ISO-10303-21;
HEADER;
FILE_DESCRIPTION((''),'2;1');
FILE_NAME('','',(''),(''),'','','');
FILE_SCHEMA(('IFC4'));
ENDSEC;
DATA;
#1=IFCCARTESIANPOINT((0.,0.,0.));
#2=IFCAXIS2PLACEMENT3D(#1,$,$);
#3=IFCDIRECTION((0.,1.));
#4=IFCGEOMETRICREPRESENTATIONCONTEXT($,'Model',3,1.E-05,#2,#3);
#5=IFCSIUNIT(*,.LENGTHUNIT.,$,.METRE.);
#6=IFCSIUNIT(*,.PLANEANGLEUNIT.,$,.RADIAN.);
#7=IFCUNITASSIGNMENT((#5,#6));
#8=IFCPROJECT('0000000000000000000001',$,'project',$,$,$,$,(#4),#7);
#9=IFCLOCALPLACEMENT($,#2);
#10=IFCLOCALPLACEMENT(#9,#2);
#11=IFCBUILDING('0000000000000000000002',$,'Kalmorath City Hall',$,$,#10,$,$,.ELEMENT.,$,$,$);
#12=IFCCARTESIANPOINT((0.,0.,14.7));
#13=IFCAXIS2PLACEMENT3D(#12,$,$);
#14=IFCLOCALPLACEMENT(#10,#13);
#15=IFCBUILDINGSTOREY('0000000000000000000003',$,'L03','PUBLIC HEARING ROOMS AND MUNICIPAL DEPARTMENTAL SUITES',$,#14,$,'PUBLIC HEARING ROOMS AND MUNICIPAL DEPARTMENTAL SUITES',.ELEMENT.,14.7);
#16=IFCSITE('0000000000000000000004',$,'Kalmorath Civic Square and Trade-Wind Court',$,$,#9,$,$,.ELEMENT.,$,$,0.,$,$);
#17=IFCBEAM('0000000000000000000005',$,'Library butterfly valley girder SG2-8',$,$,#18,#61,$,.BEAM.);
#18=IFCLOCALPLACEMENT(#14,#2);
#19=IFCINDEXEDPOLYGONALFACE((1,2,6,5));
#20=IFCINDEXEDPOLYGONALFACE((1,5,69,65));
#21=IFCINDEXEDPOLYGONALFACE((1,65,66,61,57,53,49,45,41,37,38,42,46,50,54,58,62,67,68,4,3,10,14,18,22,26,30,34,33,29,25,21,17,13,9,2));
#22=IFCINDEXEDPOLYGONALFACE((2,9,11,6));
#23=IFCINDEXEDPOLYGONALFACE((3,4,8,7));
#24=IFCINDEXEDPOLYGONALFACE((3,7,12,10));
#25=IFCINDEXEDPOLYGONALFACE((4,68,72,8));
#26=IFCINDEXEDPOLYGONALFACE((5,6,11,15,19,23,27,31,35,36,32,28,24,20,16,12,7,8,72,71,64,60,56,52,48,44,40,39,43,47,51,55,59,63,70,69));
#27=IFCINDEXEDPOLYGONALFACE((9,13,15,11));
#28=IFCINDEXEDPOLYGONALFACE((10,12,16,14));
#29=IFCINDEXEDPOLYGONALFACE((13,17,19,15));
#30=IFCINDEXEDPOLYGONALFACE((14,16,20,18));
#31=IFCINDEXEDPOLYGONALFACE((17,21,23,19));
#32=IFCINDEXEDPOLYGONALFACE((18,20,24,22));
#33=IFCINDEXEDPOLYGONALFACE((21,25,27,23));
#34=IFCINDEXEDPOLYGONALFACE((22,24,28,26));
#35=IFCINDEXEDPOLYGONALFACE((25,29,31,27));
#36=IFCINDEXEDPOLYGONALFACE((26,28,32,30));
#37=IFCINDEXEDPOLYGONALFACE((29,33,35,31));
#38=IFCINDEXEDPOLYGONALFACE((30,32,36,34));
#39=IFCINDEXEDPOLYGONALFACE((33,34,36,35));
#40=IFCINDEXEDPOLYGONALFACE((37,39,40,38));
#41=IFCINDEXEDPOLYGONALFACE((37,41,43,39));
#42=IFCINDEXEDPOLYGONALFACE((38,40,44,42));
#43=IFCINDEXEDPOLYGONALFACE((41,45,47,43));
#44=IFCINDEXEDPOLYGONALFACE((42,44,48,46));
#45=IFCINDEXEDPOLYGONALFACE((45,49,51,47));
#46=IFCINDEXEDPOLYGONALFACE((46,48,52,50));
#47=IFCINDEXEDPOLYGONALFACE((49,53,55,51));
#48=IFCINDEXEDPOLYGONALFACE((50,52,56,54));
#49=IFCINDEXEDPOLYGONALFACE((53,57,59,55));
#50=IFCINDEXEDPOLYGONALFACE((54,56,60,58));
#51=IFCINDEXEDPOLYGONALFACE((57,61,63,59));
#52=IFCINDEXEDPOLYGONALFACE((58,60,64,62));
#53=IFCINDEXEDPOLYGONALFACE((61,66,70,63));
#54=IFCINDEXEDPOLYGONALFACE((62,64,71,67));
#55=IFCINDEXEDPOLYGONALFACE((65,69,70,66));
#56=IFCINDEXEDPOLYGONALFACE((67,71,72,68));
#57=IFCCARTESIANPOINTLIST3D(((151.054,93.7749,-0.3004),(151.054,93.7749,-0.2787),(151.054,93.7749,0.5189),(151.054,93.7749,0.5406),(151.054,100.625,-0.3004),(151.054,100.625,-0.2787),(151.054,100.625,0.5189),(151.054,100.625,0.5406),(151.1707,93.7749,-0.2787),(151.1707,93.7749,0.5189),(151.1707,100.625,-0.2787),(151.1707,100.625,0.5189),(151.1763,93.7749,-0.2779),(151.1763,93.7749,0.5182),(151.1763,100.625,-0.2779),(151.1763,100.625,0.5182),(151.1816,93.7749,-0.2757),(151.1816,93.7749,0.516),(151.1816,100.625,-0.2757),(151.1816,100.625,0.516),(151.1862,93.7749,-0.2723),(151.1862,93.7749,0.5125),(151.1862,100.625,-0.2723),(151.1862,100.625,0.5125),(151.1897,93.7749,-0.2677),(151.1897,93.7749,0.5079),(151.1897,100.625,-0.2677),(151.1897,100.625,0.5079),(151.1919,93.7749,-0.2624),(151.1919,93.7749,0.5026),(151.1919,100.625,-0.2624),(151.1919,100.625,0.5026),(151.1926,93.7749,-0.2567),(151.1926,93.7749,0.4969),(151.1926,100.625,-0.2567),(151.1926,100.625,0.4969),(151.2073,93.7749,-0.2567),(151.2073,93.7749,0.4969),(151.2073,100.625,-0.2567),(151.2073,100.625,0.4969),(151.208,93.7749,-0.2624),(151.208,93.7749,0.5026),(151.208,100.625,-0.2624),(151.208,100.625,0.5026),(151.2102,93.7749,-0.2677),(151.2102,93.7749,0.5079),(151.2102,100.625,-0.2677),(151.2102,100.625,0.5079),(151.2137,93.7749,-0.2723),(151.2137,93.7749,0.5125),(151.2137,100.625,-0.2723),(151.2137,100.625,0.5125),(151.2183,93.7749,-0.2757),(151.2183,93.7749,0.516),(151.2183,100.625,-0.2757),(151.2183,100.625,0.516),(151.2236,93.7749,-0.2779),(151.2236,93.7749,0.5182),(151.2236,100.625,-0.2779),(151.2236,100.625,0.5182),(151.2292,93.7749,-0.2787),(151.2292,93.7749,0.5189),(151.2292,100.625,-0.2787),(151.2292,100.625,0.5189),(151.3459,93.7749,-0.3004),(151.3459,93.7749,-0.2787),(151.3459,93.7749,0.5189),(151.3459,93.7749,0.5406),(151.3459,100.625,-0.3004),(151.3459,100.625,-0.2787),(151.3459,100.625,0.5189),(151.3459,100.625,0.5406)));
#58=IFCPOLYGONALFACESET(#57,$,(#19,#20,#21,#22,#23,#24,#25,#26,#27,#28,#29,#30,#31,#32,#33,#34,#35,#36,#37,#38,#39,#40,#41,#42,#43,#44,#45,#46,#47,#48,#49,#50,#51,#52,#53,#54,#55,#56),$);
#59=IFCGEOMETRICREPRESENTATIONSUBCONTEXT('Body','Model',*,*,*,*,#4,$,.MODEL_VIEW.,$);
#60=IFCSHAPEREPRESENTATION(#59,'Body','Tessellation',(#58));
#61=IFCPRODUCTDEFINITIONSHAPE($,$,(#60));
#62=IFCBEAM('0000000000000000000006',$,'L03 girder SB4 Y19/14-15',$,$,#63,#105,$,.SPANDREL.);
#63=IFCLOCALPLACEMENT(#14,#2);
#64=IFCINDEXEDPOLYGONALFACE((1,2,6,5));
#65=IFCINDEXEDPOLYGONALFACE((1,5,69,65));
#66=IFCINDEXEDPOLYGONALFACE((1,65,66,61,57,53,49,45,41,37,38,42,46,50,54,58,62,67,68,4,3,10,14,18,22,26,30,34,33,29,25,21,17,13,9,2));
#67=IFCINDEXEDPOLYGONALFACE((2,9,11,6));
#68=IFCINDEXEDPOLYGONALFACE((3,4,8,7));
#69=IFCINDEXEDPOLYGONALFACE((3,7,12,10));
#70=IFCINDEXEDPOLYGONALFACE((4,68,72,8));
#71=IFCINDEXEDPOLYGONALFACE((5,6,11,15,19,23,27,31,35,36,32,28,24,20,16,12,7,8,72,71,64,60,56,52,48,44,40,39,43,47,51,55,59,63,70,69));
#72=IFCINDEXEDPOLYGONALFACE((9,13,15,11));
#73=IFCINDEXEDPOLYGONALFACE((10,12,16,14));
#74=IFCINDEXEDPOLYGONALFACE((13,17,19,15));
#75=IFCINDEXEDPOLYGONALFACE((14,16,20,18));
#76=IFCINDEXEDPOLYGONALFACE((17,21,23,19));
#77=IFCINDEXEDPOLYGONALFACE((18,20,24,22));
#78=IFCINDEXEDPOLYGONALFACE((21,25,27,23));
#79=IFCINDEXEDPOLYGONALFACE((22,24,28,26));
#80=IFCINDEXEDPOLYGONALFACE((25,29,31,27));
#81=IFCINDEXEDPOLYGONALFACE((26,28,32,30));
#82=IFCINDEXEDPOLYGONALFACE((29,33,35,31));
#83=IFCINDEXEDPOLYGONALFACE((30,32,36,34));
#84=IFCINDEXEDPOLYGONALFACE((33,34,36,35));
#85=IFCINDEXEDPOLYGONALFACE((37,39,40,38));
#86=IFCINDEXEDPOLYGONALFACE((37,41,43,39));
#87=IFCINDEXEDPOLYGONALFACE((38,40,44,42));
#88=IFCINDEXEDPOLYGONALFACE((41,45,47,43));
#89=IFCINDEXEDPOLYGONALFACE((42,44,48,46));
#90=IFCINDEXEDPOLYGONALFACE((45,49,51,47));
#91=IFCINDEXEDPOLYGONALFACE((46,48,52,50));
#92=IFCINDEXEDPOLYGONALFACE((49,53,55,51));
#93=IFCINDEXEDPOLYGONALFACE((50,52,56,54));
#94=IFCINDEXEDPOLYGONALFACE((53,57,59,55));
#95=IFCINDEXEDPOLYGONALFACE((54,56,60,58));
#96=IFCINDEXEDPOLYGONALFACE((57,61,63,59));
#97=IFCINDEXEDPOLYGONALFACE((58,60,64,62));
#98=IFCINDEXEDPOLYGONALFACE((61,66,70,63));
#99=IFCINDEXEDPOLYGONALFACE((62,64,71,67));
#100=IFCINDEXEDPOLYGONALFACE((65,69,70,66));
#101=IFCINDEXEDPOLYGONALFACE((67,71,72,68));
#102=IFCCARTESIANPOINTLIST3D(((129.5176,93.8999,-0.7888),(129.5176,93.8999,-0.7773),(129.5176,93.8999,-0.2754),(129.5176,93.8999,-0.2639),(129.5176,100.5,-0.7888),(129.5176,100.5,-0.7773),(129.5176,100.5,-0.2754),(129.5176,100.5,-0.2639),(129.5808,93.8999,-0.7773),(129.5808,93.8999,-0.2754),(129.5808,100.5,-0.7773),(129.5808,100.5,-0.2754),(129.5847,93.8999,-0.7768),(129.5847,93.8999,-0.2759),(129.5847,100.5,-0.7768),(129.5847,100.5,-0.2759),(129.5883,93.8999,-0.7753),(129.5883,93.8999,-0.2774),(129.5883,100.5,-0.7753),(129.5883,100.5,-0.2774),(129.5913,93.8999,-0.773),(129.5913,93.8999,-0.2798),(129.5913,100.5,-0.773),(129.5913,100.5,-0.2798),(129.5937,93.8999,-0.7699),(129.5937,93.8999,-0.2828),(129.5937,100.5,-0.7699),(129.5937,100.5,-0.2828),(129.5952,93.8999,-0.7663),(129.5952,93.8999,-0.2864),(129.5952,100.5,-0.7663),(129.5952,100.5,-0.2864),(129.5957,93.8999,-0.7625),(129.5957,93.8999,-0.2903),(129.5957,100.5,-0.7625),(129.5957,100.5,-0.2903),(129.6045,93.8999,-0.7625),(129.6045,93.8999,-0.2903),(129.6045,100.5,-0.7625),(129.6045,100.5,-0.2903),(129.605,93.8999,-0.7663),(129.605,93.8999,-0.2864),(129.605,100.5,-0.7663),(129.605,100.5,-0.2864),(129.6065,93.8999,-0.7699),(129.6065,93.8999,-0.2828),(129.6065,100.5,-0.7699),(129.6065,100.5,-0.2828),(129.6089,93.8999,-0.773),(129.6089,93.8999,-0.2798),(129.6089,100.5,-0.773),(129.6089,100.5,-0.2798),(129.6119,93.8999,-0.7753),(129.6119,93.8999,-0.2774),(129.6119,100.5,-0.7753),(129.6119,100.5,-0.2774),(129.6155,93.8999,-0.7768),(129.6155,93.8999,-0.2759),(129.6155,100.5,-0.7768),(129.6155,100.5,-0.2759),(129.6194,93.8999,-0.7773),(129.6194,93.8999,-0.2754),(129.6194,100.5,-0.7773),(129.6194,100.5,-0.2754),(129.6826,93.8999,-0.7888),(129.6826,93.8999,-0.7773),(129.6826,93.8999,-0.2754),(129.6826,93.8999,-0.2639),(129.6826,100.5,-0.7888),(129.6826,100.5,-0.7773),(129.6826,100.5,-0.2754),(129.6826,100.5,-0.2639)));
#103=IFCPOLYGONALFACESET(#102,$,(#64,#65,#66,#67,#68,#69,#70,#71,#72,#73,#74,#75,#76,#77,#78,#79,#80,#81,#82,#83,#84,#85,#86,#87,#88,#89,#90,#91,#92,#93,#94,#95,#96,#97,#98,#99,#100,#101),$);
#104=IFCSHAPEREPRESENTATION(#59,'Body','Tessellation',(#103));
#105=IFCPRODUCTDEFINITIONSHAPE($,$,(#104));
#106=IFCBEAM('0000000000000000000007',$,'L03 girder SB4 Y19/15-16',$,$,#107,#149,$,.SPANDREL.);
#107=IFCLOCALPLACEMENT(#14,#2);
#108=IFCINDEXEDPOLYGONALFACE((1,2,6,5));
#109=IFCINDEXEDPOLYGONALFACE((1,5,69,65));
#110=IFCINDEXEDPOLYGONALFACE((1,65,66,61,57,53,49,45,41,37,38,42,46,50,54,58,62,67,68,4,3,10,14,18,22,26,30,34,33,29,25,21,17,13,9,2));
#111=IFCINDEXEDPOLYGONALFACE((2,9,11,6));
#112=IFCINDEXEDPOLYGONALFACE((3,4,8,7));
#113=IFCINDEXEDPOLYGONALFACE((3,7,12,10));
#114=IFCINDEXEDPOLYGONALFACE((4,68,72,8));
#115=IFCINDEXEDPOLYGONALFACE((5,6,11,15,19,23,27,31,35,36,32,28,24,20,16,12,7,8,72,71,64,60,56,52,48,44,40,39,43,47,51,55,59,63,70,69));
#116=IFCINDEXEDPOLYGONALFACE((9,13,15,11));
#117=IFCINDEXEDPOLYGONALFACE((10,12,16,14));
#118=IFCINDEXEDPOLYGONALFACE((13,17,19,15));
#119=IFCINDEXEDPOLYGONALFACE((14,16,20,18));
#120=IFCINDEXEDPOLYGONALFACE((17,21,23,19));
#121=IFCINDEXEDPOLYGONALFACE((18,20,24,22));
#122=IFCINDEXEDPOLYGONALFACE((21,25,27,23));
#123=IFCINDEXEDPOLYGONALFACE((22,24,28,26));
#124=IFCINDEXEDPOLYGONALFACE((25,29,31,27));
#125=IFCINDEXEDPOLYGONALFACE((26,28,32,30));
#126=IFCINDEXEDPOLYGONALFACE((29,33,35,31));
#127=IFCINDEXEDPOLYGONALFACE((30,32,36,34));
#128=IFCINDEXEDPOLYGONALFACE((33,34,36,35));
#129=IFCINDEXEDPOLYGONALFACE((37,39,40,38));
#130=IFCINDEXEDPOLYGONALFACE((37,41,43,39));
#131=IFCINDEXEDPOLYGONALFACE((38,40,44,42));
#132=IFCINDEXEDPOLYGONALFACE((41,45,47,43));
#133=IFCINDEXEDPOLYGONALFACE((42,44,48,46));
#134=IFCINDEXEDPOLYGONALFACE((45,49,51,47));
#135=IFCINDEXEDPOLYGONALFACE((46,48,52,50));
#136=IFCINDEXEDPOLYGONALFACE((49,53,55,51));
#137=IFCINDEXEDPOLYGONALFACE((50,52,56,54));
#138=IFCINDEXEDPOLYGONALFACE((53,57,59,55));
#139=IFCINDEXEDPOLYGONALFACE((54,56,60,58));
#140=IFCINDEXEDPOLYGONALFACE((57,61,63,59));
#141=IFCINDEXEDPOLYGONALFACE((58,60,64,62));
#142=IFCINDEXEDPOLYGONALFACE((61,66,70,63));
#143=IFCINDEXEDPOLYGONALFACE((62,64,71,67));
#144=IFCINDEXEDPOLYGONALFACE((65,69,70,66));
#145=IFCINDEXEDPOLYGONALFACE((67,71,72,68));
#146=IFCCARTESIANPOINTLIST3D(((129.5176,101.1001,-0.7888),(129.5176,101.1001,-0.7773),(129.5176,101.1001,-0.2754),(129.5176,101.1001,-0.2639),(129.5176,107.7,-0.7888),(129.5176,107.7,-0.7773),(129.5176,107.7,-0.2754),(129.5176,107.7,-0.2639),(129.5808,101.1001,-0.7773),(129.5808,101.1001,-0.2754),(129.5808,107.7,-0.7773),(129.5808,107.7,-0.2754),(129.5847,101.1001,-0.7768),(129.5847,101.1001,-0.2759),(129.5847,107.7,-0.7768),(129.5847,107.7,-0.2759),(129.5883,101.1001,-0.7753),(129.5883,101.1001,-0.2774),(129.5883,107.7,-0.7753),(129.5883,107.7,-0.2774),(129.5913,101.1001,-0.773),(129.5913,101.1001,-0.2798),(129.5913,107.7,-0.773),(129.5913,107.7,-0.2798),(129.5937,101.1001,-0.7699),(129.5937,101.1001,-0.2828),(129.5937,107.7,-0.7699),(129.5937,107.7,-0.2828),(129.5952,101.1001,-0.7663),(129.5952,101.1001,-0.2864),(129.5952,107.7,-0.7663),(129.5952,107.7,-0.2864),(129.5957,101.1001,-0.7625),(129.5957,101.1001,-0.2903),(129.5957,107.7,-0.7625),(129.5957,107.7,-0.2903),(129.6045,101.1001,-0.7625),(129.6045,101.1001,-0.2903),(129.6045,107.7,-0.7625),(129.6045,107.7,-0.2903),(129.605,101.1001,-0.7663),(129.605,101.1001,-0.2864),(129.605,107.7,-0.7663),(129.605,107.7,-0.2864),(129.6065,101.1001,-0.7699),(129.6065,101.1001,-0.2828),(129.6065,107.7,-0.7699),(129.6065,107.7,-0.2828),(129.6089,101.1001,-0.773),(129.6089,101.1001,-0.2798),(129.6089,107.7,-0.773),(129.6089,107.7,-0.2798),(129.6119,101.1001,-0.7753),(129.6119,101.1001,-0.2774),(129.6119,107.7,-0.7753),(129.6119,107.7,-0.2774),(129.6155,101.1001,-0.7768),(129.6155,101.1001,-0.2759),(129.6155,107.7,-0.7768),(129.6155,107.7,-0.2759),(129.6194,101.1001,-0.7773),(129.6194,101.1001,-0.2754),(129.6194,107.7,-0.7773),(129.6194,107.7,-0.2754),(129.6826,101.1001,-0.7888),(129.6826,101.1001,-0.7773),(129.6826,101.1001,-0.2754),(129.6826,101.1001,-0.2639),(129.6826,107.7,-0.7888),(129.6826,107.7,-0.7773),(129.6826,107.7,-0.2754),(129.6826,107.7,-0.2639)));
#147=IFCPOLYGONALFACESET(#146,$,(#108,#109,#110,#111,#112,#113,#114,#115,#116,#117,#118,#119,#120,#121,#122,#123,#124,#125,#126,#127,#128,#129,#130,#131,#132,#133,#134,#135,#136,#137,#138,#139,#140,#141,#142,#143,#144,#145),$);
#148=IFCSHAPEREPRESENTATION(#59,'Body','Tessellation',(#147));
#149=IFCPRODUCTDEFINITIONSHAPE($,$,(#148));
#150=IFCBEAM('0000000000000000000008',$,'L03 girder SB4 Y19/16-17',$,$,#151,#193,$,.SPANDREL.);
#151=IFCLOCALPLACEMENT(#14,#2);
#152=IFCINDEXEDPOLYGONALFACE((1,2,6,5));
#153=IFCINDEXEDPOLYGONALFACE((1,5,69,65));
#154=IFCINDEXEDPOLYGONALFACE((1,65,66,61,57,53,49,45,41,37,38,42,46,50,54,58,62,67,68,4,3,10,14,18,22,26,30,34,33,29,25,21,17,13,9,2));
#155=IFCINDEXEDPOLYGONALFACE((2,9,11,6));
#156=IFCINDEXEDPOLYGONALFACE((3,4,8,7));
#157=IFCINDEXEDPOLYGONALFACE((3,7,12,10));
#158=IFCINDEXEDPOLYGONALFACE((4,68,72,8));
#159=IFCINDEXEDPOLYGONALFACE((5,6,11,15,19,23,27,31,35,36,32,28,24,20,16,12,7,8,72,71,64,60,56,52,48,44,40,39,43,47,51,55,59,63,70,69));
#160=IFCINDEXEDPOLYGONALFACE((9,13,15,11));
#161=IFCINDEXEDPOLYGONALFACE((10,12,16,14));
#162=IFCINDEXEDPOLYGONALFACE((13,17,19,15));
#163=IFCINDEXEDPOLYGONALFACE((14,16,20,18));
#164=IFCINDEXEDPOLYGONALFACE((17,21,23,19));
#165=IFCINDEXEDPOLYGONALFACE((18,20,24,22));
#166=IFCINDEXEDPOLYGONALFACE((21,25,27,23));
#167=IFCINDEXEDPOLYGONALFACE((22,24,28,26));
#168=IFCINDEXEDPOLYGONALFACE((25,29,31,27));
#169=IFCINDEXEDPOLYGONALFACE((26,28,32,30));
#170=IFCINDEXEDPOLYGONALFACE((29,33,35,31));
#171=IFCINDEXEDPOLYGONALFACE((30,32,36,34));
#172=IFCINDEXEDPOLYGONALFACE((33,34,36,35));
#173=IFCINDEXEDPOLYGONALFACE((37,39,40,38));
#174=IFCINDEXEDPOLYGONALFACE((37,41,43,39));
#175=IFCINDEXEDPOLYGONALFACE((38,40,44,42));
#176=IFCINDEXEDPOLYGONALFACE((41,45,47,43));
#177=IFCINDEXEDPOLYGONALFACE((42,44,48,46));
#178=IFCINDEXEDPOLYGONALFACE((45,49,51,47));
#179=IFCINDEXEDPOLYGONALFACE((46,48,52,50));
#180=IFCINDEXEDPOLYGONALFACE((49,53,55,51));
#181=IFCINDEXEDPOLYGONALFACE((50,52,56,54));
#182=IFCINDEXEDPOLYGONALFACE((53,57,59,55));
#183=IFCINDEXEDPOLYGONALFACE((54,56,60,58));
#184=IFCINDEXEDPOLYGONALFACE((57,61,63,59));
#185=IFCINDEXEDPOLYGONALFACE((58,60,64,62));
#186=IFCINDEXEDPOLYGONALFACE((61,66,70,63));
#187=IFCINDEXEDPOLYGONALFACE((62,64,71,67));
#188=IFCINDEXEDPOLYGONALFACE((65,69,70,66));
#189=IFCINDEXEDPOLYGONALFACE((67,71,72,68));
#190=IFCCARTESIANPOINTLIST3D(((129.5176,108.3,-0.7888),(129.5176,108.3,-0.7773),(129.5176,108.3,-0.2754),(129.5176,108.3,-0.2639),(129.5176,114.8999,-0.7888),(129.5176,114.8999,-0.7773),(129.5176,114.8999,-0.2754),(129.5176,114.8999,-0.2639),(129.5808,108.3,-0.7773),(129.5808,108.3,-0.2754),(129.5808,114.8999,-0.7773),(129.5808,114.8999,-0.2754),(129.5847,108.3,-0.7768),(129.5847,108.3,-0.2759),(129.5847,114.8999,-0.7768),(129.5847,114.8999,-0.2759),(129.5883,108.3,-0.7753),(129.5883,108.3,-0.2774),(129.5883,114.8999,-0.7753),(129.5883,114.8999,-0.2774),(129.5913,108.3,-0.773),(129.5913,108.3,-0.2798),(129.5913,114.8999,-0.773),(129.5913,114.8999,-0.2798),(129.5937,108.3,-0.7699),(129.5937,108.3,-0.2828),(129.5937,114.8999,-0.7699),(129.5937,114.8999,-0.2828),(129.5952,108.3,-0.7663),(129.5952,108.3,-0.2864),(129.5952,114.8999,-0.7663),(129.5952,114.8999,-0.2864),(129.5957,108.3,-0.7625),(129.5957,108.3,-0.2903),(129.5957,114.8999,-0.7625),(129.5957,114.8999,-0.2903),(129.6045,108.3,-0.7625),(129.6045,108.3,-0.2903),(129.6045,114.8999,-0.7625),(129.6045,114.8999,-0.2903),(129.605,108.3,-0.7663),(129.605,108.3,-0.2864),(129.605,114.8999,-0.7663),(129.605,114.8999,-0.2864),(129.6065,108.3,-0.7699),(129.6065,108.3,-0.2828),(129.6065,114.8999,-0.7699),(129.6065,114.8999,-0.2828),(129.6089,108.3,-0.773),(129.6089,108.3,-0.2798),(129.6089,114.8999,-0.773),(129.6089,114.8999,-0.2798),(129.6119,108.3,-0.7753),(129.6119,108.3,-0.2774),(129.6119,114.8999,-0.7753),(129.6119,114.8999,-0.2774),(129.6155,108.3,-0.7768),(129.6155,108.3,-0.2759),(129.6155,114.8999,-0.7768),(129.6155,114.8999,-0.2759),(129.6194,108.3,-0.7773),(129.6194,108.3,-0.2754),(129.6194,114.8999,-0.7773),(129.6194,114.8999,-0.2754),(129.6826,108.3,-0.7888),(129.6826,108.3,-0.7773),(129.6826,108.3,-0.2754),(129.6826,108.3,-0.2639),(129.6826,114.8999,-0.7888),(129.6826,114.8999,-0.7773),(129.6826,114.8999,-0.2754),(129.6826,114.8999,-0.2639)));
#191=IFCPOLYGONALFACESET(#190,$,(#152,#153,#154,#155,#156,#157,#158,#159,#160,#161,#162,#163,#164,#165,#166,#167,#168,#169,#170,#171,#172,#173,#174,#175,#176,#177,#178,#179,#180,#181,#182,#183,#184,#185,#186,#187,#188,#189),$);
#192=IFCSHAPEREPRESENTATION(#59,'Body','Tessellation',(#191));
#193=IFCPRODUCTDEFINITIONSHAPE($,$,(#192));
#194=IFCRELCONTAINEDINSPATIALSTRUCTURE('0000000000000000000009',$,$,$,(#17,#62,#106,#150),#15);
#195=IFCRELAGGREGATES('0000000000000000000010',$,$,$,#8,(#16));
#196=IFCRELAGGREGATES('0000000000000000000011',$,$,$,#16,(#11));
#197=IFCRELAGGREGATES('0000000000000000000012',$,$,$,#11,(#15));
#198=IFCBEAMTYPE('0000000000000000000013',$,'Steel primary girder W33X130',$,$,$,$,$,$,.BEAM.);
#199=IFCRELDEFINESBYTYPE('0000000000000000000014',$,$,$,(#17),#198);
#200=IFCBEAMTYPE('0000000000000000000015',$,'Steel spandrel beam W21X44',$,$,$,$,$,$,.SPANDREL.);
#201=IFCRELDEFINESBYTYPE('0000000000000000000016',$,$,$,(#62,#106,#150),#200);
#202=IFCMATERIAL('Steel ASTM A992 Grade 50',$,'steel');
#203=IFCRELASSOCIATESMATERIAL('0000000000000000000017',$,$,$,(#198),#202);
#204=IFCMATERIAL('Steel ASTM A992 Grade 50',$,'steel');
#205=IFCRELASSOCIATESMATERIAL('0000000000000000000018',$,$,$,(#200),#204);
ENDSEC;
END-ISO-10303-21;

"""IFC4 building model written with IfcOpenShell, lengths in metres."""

from ifc_helpers import new_model, si_unit, direction, frame, origin, origin_2d, place, context, subcontext, project, spatial, i_section, extrude, material, material_profile, profile_set, type_object, element, save


model = new_model("IFC4")

# Units and contexts
model_context = context("Model", 3, precision=1e-05, world=origin(), true_north=direction((0.0, 1.0)))
body_context = subcontext(model_context, "Body", "Model", "MODEL_VIEW")
ifc_project = project(units=[si_unit("LENGTHUNIT", "METRE"), si_unit("PLANEANGLEUNIT", "RADIAN")], contexts=[model_context])

# Site, building, storey
site_placement = place(None, origin())
site = spatial("IfcSite", under=ifc_project, at=site_placement, Name="Kalmorath Civic Square and Trade-Wind Court", CompositionType="ELEMENT", RefElevation=0.0)
building_placement = place(site_placement, origin())
building = spatial("IfcBuilding", under=site, at=building_placement, Name="Kalmorath City Hall", CompositionType="ELEMENT")
storey_placement = place(building_placement, frame((0.0, 0.0, 14.7)))
storey = spatial("IfcBuildingStorey", under=building, at=storey_placement, Name="L03", Description="PUBLIC HEARING ROOMS AND MUNICIPAL DEPARTMENTAL SUITES", LongName="PUBLIC HEARING ROOMS AND MUNICIPAL DEPARTMENTAL SUITES", CompositionType="ELEMENT", Elevation=14.7)

# Beams
ifc_material_1 = material(Name="Steel ASTM A992 Grade 50", Category="steel")
ifc_material_profile_1 = material_profile(ifc_material_1, i_section(OverallWidth=0.292, OverallDepth=0.8411, WebThickness=0.0146, FlangeThickness=0.0217, FilletRadius=0.022, at=origin_2d()), Name="W33X130")
ifc_profile_set_1 = profile_set([ifc_material_profile_1], Name="Steel ASTM A992 Grade 50")
beam_type_1 = type_object("IfcBeamType", Name="Steel primary girder W33X130", PredefinedType="BEAM", material=ifc_profile_set_1)
for number, where, z_axis, x_axis, name in (
    (1, (151.2, 93.7749, 0.1201), (0.0, 1.0, 0.0), (-1.0, 0.0, 0.0), "Library butterfly valley girder SG2-8"),
):
    element("IfcBeam", number, at=place(storey_placement, frame(where, z_axis=z_axis, x_axis=x_axis)), inside=storey, type_object=beam_type_1, Name=name, PredefinedType="BEAM", context=body_context, shape_type="SweptSolid", body=[
        extrude(i_section(OverallWidth=0.292, OverallDepth=0.8411, WebThickness=0.0146, FlangeThickness=0.0217, FilletRadius=0.022, at=origin_2d()), origin(), (0.0, 0.0, 1.0), 6.8501),
    ])
ifc_material_2 = material(Name="Steel ASTM A992 Grade 50", Category="steel")
ifc_material_profile_2 = material_profile(ifc_material_2, i_section(OverallWidth=0.165, OverallDepth=0.5249, WebThickness=0.0088, FlangeThickness=0.0115, FilletRadius=0.0149, at=origin_2d()), Name="W21X44")
ifc_profile_set_2 = profile_set([ifc_material_profile_2], Name="Steel ASTM A992 Grade 50")
beam_type_2 = type_object("IfcBeamType", Name="Steel spandrel beam W21X44", PredefinedType="SPANDREL", material=ifc_profile_set_2)
beam_placement = place(storey_placement, frame((129.6001, 93.8999, -0.5264), z_axis=(0.0, 1.0, 0.0), x_axis=(-1.0, 0.0, 0.0)))
element("IfcBeam", 2, at=beam_placement, inside=storey, type_object=beam_type_2, Name="L03 girder SB4 Y19/14-15", PredefinedType="SPANDREL", context=body_context, shape_type="SweptSolid", body=[
    extrude(i_section(OverallWidth=0.165, OverallDepth=0.5249, WebThickness=0.0088, FlangeThickness=0.0115, FilletRadius=0.0149, at=origin_2d()), origin(), (0.0, 0.0, 1.0), 6.6001),
])
for number, where, z_axis, x_axis, name in (
    (3, (129.6001, 101.1001, -0.5264), (0.0, 1.0, 0.0), (-1.0, 0.0, 0.0), "L03 girder SB4 Y19/15-16"),
    (4, (129.6001, 108.3, -0.5264), (0.0, 1.0, 0.0), (-1.0, 0.0, 0.0), "L03 girder SB4 Y19/16-17"),
):
    element("IfcBeam", number, at=place(storey_placement, frame(where, z_axis=z_axis, x_axis=x_axis)), inside=storey, type_object=beam_type_2, Name=name, PredefinedType="SPANDREL", context=body_context, shape_type="SweptSolid", body=[
        extrude(i_section(OverallWidth=0.165, OverallDepth=0.5249, WebThickness=0.0088, FlangeThickness=0.0115, FilletRadius=0.0149, at=origin_2d()), origin(), (0.0, 0.0, 1.0), 6.5999),
    ])

save(model, "model.ifc")
